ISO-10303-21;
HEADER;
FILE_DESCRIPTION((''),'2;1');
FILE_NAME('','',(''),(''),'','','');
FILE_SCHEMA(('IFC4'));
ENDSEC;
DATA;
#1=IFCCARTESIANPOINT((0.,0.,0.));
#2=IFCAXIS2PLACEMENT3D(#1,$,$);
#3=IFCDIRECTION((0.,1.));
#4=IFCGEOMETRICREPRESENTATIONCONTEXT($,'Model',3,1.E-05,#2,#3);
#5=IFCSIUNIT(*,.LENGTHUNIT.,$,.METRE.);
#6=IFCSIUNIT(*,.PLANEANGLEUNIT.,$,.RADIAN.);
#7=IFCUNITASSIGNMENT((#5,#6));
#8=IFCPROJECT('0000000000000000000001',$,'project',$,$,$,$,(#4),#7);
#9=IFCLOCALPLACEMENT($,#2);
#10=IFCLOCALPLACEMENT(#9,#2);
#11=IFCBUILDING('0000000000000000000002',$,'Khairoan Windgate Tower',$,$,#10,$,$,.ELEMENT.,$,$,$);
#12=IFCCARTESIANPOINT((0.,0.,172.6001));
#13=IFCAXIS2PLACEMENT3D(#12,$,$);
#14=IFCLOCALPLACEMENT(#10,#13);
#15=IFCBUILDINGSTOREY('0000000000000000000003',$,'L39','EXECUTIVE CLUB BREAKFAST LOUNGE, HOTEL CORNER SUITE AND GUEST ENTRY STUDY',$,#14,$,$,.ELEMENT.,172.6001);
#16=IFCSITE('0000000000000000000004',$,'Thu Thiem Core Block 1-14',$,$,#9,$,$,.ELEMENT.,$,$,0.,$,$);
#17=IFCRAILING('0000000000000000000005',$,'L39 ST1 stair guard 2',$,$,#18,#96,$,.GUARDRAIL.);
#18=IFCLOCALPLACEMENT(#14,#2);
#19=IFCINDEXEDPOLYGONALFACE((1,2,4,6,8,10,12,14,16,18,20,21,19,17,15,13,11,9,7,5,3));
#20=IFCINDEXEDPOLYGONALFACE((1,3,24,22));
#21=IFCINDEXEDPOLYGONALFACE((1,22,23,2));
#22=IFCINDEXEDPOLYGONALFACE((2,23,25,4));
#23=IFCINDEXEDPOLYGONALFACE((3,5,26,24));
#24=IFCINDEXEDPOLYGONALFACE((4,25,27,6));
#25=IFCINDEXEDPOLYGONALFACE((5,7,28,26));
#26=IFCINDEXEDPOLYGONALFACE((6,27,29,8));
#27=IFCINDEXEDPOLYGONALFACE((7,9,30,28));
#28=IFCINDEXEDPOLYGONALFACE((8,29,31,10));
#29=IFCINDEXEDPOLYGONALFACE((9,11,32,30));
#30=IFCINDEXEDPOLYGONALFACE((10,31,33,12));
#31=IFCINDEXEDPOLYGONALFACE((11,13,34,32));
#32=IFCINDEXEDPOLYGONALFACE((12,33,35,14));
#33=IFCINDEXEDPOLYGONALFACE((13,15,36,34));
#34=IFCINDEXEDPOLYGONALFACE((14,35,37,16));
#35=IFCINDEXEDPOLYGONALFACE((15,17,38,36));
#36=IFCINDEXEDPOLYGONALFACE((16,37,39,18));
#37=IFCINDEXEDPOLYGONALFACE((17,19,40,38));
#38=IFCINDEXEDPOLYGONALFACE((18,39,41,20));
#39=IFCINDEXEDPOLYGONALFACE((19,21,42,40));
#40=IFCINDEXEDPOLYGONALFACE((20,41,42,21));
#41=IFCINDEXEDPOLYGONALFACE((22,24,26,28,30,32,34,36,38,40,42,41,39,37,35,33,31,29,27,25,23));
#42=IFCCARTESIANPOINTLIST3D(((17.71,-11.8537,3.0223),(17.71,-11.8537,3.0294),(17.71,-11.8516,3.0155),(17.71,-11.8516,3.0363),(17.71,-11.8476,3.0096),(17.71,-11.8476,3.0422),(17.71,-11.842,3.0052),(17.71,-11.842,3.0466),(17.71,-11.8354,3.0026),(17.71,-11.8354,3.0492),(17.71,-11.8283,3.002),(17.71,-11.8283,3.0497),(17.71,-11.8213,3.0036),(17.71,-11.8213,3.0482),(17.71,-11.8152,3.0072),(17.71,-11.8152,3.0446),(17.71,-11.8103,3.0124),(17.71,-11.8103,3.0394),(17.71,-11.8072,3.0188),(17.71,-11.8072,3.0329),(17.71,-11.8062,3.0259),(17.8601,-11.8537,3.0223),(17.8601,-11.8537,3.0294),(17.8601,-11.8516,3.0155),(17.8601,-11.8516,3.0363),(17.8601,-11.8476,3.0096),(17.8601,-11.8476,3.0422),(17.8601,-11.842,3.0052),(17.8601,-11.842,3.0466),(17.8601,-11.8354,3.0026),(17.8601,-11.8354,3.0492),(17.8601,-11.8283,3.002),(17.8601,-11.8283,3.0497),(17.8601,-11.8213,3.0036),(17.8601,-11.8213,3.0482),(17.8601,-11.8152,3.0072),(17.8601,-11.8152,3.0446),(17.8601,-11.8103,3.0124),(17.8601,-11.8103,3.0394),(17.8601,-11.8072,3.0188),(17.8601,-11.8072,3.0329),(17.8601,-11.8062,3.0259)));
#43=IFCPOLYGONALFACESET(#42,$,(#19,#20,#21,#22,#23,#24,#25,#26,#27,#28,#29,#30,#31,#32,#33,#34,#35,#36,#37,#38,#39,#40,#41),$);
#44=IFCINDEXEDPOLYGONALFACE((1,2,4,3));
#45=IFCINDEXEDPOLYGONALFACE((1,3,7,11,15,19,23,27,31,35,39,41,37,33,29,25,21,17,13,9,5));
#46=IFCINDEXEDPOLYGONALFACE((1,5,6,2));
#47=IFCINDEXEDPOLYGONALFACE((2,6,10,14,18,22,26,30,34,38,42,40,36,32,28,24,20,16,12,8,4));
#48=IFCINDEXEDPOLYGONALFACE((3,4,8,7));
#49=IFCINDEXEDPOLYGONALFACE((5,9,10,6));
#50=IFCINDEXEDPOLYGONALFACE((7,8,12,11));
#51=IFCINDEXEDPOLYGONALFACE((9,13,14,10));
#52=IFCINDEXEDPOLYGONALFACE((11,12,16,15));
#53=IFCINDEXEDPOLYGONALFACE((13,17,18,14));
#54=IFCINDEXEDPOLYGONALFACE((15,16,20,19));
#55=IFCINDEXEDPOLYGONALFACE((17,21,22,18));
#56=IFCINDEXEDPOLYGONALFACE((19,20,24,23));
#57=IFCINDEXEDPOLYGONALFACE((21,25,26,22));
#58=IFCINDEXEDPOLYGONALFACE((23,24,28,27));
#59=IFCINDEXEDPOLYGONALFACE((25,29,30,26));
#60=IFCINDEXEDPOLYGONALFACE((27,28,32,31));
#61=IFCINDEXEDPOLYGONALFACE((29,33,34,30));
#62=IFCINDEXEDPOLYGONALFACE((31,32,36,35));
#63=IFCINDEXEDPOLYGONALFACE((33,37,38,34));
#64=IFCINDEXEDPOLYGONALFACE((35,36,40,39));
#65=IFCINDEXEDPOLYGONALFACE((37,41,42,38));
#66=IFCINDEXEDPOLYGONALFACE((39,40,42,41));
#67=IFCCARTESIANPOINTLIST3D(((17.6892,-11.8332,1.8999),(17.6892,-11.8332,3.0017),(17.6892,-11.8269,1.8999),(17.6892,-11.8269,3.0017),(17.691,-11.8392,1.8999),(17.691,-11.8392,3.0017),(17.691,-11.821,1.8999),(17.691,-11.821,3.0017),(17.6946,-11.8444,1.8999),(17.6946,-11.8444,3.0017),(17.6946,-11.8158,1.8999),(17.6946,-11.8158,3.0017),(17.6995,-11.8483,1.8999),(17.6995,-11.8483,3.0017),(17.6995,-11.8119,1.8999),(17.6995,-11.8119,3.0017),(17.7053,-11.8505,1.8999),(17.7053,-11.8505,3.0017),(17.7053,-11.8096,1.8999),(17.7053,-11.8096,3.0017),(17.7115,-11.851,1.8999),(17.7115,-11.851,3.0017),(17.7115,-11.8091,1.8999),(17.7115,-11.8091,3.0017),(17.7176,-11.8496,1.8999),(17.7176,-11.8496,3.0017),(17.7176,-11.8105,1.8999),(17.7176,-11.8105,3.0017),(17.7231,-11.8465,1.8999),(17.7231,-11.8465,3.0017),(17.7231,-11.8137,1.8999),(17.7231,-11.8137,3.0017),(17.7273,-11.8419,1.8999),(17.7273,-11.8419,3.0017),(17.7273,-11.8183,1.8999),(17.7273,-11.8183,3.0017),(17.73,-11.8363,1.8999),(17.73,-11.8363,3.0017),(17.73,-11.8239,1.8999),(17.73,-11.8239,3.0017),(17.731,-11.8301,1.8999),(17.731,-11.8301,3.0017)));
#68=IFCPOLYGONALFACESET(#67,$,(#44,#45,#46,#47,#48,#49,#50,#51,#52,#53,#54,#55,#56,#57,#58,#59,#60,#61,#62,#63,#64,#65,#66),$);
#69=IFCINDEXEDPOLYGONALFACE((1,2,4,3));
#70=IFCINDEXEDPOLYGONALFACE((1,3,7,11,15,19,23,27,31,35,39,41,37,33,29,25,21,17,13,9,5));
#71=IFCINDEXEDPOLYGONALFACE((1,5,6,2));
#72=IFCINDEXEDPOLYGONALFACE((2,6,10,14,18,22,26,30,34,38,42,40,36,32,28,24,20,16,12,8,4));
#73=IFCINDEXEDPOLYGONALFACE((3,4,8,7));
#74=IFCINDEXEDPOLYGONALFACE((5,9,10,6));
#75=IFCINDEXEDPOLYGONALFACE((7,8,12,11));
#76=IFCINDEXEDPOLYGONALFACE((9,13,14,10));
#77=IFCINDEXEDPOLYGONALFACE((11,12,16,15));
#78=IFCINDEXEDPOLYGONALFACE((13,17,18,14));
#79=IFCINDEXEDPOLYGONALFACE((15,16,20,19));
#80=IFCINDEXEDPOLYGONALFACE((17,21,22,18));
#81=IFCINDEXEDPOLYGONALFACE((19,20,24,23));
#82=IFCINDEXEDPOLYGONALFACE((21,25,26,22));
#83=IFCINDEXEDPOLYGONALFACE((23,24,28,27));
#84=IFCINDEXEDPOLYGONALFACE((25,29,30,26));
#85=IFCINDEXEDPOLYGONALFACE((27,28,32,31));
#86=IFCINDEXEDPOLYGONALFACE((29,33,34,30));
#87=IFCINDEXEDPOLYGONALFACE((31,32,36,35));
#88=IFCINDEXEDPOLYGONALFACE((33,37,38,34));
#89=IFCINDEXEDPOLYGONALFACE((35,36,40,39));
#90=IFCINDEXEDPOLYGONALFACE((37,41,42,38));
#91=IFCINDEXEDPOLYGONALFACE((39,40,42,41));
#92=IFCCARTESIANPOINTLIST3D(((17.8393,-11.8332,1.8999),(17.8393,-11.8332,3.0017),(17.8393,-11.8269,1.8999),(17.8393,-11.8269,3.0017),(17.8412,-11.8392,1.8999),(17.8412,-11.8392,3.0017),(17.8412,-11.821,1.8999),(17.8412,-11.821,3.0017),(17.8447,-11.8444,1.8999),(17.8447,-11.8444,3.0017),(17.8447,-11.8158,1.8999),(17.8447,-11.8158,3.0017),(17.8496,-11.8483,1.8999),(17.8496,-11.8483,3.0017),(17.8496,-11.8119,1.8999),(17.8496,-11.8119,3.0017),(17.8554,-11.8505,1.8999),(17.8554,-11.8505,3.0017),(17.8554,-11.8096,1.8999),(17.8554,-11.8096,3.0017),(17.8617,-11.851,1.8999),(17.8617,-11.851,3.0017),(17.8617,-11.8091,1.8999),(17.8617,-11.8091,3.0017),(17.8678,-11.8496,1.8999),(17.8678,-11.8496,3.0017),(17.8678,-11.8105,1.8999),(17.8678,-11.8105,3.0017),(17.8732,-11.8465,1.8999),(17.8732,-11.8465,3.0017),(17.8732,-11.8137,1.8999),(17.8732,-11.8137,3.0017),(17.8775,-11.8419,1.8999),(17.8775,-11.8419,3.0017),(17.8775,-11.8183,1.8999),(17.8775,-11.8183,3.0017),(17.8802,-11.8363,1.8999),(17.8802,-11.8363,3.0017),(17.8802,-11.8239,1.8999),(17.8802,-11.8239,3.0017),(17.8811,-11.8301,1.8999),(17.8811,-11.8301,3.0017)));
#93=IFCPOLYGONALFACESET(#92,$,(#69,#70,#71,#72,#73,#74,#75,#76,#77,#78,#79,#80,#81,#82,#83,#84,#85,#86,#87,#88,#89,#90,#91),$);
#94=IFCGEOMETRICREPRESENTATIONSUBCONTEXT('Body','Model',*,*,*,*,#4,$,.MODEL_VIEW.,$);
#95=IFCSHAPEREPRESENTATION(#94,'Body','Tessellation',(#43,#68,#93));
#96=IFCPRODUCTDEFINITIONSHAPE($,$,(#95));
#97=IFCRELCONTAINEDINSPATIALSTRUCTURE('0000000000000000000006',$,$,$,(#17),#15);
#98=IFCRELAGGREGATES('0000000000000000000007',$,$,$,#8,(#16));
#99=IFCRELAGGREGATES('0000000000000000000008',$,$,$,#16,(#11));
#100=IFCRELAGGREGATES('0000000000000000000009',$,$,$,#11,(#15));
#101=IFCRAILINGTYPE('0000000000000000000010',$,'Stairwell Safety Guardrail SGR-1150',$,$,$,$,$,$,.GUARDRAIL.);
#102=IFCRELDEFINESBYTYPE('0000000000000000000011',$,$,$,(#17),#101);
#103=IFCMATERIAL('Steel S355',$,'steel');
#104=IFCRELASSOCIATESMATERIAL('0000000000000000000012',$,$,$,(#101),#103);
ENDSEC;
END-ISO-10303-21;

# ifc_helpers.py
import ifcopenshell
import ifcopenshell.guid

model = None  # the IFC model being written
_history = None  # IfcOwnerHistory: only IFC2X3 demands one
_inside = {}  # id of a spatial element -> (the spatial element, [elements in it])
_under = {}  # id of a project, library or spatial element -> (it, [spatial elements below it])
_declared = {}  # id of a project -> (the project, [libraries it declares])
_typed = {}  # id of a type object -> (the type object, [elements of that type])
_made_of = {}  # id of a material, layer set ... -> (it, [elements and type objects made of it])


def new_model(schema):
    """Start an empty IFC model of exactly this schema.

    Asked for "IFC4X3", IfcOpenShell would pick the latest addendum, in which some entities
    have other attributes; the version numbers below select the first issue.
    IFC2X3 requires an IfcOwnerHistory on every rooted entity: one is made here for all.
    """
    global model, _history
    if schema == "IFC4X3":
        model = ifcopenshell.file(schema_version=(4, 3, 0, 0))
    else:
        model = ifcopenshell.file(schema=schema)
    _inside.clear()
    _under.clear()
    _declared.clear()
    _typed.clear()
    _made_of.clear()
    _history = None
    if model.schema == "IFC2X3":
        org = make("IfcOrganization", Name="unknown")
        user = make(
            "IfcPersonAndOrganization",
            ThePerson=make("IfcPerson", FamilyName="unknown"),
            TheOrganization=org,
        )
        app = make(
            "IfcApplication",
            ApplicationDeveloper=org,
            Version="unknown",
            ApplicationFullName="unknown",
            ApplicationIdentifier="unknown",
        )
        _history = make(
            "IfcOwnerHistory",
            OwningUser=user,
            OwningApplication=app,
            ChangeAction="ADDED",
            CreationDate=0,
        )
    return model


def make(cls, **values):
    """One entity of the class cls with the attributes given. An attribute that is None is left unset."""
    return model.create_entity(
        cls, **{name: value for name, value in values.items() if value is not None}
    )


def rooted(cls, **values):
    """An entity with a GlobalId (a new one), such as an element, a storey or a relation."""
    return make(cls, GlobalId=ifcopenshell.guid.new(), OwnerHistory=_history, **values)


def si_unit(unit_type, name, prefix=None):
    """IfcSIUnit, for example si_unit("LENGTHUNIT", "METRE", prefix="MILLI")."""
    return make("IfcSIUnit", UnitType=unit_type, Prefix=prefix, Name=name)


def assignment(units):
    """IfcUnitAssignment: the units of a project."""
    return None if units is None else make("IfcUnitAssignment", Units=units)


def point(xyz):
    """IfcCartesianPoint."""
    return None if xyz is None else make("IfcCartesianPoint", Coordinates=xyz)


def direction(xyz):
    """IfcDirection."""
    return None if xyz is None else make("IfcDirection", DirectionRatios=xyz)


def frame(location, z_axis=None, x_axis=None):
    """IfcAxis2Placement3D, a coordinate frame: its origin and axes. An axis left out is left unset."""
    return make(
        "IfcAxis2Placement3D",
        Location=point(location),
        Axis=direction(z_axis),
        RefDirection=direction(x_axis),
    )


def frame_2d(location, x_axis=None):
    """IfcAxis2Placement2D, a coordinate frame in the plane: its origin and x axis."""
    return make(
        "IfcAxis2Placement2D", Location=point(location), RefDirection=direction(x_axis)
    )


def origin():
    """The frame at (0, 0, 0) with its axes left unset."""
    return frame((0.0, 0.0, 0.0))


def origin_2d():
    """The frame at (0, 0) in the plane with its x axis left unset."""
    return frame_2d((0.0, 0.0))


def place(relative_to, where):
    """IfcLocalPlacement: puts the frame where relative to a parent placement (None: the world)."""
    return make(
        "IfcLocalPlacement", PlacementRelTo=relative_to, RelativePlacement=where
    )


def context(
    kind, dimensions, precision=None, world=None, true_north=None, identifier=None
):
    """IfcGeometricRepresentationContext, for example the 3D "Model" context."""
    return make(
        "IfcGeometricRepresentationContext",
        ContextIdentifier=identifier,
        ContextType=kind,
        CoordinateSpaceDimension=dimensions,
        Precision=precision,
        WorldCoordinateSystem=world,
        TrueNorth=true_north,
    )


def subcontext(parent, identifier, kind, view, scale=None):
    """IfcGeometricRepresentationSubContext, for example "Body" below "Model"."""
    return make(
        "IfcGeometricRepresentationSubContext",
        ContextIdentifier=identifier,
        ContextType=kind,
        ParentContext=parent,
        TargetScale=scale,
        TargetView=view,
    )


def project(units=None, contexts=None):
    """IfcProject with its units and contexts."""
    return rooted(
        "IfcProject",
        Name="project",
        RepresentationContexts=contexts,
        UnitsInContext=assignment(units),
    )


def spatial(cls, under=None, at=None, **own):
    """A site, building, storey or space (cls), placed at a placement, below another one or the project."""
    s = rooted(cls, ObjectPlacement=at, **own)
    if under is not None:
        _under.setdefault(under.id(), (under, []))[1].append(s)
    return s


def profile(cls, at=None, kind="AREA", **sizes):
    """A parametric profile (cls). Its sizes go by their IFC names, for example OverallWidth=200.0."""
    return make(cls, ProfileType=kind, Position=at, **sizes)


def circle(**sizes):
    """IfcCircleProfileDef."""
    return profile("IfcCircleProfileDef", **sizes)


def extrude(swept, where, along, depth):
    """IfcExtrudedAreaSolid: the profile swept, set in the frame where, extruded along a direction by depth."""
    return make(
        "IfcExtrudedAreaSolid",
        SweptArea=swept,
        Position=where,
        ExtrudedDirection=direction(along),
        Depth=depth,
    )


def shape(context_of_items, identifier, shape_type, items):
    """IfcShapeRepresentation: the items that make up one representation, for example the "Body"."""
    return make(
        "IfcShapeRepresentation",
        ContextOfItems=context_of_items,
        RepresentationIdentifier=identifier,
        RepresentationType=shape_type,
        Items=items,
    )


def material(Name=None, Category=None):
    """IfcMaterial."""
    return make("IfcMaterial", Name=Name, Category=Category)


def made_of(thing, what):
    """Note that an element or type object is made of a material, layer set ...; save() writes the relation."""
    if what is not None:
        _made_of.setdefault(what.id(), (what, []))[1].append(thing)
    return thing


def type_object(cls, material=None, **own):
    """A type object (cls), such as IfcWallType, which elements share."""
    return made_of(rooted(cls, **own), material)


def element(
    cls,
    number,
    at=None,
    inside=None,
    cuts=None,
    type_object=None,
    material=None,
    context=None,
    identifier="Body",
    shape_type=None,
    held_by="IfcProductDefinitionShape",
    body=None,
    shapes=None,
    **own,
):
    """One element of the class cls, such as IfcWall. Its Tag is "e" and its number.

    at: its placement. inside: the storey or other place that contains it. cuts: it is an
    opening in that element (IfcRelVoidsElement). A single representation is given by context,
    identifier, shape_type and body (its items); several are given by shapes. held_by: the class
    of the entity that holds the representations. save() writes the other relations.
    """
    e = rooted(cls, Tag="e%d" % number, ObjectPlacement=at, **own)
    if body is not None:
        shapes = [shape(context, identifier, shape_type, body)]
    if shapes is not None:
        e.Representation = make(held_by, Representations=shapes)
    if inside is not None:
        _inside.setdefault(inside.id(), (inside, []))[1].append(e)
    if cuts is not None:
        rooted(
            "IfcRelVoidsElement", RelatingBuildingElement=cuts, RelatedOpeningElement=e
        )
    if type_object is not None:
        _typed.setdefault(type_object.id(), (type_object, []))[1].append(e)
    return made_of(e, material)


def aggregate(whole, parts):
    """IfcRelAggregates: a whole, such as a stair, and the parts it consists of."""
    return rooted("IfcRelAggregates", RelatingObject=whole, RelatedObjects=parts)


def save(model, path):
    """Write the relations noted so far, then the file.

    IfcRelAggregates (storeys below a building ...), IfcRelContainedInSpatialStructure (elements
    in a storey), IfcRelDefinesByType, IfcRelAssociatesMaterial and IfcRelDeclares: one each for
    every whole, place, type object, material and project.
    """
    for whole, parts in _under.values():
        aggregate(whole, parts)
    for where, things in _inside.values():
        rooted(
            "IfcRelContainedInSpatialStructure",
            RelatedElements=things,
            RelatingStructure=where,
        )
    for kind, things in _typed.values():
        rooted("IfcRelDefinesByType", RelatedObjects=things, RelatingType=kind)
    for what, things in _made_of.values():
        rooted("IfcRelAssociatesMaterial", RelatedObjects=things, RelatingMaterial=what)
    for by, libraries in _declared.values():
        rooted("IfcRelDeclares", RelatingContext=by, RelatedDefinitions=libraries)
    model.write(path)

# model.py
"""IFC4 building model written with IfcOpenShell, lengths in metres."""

from ifc_helpers import new_model, si_unit, direction, frame, origin, origin_2d, place, context, subcontext, project, spatial, circle, extrude, material, type_object, element, save


model = new_model("IFC4")

# Units and contexts
model_context = context("Model", 3, precision=1e-05, world=origin(), true_north=direction((0.0, 1.0)))
body_context = subcontext(model_context, "Body", "Model", "MODEL_VIEW")
ifc_project = project(units=[si_unit("LENGTHUNIT", "METRE"), si_unit("PLANEANGLEUNIT", "RADIAN")], contexts=[model_context])

# Site, building, storey
site_placement = place(None, origin())
site = spatial("IfcSite", under=ifc_project, at=site_placement, Name="Thu Thiem Core Block 1-14", CompositionType="ELEMENT", RefElevation=0.0)
building_placement = place(site_placement, origin())
building = spatial("IfcBuilding", under=site, at=building_placement, Name="Khairoan Windgate Tower", CompositionType="ELEMENT")
storey_placement = place(building_placement, frame((0.0, 0.0, 172.6001)))
storey = spatial("IfcBuildingStorey", under=building, at=storey_placement, Name="L39", Description="EXECUTIVE CLUB BREAKFAST LOUNGE, HOTEL CORNER SUITE AND GUEST ENTRY STUDY", CompositionType="ELEMENT", Elevation=172.6001)

# Railing
ifc_material_1 = material(Name="Steel S355", Category="steel")
railing_type = type_object("IfcRailingType", Name="Stairwell Safety Guardrail SGR-1150", PredefinedType="GUARDRAIL", material=ifc_material_1)
railing_1_placement = place(storey_placement, frame((17.71, -11.8301, 1.8999)))
element("IfcRailing", 1, at=railing_1_placement, inside=storey, type_object=railing_type, Name="L39 ST1 stair guard 2", PredefinedType="GUARDRAIL", context=body_context, shape_type="SweptSolid", body=[
    extrude(circle(Radius=0.0239, at=origin_2d()), frame((0.0, 0.0, 1.126), z_axis=(1.0, 0.0, 0.0), x_axis=(0.0, 1.0, 0.0)), (0.0, 0.0, 1.0), 0.1501),
    extrude(circle(Radius=0.021, at=origin_2d()), origin(), (0.0, 0.0, 1.0), 1.1018),
    extrude(circle(Radius=0.021, at=origin_2d()), frame((0.1501, 0.0, 0.0)), (0.0, 0.0, 1.0), 1.1018),
])

save(model, "model.ifc")
